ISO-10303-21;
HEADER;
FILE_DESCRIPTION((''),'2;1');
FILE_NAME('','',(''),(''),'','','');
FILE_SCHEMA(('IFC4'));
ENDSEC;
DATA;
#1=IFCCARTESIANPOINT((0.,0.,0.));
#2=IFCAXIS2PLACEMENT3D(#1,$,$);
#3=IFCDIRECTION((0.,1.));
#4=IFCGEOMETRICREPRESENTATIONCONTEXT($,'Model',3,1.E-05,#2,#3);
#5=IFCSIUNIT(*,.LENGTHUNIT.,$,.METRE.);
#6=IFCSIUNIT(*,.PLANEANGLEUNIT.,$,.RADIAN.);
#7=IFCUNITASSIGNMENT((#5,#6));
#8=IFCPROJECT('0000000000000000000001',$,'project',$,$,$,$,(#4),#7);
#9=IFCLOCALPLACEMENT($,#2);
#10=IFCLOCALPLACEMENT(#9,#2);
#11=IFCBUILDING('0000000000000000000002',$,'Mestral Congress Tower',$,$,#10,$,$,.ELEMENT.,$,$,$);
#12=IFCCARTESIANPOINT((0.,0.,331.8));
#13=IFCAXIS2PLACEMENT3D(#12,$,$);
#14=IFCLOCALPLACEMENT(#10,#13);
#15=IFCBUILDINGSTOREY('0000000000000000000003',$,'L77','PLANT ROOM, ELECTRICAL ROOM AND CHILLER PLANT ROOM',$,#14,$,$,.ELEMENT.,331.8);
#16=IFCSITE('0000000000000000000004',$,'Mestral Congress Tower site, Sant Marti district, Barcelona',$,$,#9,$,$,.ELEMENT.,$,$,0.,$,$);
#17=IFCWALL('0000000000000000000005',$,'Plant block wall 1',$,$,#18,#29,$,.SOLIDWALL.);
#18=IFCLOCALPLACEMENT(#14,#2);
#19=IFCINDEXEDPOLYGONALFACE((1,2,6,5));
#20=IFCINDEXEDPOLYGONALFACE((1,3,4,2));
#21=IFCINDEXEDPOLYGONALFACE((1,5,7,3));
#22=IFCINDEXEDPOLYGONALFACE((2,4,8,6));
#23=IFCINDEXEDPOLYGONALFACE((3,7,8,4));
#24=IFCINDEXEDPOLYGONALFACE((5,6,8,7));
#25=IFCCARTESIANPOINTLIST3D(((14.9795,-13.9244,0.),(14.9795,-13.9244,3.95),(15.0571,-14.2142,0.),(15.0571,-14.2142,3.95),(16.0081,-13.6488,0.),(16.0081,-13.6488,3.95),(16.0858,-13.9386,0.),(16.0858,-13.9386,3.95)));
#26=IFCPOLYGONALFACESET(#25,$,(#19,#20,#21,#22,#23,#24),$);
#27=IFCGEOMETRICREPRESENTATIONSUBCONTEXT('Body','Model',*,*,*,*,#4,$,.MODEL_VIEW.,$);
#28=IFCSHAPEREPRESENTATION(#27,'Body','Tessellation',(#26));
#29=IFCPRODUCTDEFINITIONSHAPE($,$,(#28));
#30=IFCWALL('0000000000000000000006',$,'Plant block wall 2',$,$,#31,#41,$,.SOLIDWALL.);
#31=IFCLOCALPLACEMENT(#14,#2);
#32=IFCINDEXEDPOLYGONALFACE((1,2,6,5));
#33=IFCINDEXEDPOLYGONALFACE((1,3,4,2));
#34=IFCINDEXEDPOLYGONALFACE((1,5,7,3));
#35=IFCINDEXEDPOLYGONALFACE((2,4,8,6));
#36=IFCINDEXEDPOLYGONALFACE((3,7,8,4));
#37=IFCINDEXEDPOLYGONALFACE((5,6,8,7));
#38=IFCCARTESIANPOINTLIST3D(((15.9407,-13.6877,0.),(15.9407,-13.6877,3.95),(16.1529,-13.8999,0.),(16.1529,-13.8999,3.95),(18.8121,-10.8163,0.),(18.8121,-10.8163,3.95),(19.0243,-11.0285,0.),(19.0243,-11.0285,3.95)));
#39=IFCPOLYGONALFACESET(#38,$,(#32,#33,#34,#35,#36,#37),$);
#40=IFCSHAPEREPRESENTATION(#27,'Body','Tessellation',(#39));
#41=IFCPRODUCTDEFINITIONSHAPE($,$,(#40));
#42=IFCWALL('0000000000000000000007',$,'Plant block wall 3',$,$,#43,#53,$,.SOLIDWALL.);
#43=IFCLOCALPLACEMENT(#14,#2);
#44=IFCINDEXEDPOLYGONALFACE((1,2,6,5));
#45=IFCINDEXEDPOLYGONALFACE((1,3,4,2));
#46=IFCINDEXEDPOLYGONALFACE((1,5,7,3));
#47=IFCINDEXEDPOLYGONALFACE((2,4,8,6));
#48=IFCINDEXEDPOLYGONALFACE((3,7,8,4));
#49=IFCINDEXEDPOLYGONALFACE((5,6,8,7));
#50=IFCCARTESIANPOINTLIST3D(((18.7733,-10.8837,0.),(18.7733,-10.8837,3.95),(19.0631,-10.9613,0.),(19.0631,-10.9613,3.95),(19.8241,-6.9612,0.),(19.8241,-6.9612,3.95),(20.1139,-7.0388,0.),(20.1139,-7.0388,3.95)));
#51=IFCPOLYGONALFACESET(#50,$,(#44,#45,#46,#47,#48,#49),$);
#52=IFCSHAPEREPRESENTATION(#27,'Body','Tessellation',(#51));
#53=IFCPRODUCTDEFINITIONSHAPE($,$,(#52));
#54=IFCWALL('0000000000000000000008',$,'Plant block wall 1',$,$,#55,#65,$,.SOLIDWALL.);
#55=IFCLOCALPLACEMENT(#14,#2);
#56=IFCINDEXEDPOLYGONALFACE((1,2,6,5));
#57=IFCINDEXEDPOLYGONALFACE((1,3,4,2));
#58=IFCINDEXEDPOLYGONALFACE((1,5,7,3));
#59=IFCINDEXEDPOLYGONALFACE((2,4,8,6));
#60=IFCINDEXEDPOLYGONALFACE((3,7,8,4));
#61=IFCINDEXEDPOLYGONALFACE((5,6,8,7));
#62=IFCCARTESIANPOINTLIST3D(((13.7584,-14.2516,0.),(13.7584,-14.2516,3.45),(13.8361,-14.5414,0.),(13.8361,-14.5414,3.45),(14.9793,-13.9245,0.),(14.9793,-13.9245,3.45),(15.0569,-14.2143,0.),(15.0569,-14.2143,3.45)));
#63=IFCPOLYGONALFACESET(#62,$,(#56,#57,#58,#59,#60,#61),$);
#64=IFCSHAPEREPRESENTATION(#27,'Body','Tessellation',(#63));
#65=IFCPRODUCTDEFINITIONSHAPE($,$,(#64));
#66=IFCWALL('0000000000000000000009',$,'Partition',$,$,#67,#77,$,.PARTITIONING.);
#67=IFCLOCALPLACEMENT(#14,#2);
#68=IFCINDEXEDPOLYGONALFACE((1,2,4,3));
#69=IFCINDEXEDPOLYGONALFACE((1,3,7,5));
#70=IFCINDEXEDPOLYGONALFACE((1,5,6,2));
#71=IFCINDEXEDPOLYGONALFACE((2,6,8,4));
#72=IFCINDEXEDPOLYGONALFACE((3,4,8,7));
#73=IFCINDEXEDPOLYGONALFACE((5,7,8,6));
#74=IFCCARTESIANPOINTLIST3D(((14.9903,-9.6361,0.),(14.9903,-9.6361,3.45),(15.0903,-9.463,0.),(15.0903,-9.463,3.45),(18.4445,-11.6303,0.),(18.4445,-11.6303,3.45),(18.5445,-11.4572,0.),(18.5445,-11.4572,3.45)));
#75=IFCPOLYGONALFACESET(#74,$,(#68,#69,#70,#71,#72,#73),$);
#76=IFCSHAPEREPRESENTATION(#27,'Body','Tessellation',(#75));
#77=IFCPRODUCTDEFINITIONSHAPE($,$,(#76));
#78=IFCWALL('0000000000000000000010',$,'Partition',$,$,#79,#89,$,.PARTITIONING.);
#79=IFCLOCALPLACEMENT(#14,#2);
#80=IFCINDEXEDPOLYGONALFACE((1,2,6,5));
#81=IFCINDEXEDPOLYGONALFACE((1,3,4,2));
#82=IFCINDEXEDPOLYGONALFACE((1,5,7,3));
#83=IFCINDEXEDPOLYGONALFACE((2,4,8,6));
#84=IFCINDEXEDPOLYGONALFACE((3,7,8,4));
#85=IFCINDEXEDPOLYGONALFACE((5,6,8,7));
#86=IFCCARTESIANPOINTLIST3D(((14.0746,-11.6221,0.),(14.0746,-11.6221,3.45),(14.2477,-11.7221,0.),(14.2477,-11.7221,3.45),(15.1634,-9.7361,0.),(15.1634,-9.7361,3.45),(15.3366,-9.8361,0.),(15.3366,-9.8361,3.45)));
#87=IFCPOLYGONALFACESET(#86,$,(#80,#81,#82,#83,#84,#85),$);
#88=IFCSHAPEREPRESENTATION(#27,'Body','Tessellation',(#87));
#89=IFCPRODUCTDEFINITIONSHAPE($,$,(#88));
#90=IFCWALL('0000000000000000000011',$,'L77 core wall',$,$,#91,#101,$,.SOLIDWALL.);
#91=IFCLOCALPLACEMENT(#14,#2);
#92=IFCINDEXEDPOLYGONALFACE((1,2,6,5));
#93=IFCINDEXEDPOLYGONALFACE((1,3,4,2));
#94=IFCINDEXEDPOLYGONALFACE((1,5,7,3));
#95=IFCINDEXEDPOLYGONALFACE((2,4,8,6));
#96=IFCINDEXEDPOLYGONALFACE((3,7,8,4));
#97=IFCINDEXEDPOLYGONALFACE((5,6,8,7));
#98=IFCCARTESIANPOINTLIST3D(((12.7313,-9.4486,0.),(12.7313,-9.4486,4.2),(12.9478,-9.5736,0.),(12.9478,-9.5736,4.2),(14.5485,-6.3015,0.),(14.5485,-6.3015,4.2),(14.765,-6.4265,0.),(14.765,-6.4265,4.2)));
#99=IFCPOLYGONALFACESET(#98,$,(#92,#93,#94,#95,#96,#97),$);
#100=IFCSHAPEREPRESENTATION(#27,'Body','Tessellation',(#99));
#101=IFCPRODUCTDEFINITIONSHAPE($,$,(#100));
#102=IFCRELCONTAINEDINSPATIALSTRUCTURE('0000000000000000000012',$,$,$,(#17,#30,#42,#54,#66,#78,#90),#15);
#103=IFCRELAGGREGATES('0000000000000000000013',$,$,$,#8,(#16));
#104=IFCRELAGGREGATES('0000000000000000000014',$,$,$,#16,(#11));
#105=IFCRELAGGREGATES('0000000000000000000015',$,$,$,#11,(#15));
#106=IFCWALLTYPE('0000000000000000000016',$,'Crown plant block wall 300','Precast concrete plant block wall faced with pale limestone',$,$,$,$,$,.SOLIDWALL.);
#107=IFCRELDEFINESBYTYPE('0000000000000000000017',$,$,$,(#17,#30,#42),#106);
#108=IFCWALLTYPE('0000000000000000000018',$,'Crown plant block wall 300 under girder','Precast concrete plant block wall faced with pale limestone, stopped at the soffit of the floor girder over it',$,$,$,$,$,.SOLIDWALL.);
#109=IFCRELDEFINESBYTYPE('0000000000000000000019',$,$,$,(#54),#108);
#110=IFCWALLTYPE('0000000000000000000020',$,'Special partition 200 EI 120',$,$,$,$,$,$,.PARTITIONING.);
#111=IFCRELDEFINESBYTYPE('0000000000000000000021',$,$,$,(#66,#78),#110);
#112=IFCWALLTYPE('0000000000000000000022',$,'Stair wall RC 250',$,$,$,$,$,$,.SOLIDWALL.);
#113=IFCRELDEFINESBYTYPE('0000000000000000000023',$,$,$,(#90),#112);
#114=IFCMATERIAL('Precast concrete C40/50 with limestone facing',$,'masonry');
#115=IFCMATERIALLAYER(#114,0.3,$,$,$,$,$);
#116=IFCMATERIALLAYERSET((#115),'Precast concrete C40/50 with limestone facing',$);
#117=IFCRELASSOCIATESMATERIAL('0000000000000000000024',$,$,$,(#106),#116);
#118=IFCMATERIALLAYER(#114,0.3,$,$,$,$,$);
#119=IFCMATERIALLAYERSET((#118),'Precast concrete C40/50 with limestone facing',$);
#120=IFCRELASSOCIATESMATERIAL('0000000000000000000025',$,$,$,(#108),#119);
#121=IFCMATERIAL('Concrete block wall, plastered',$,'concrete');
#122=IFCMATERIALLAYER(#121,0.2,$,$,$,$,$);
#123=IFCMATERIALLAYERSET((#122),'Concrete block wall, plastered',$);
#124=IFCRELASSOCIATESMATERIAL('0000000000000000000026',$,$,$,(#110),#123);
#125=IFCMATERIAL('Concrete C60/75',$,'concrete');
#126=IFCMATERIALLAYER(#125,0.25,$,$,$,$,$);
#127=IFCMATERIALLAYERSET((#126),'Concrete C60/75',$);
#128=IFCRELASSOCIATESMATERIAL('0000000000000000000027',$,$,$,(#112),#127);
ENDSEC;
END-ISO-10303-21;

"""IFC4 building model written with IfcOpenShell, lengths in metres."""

from ifc_helpers import new_model, si_unit, direction, frame, frame_2d, origin, place, context, subcontext, project, spatial, rectangle, extrude, material, layer, layer_set, type_object, element, save


model = new_model("IFC4")

# Units and contexts
model_context = context("Model", 3, precision=1e-05, world=origin(), true_north=direction((0.0, 1.0)))
body_context = subcontext(model_context, "Body", "Model", "MODEL_VIEW")
ifc_project = project(units=[si_unit("LENGTHUNIT", "METRE"), si_unit("PLANEANGLEUNIT", "RADIAN")], contexts=[model_context])

# Site, building, storey
site_placement = place(None, origin())
site = spatial("IfcSite", under=ifc_project, at=site_placement, Name="Mestral Congress Tower site, Sant Marti district, Barcelona", CompositionType="ELEMENT", RefElevation=0.0)
building_placement = place(site_placement, origin())
building = spatial("IfcBuilding", under=site, at=building_placement, Name="Mestral Congress Tower", CompositionType="ELEMENT")
storey_placement = place(building_placement, frame((0.0, 0.0, 331.8)))
storey = spatial("IfcBuildingStorey", under=building, at=storey_placement, Name="L77", Description="PLANT ROOM, ELECTRICAL ROOM AND CHILLER PLANT ROOM", CompositionType="ELEMENT", Elevation=331.8)

# Shared definitions
ifc_material_1 = material(Name="Concrete C60/75", Category="concrete")

# Walls
ifc_material_2 = material(Name="Precast concrete C40/50 with limestone facing", Category="masonry")
ifc_layer_1 = layer(ifc_material_2, 0.3)
ifc_layer_set_1 = layer_set([ifc_layer_1], Name="Precast concrete C40/50 with limestone facing")
wall_type_1 = type_object("IfcWallType", Name="Crown plant block wall 300", Description="Precast concrete plant block wall faced with pale limestone", PredefinedType="SOLIDWALL", material=ifc_layer_set_1)
wall_1_placement = place(storey_placement, frame((15.0183, -14.0693, 0.0), z_axis=(0.0, 0.0, 1.0), x_axis=(0.965918, 0.258847, 0.0)))
element("IfcWall", 1, at=wall_1_placement, inside=storey, type_object=wall_type_1, Name="Plant block wall 1", PredefinedType="SOLIDWALL", context=body_context, shape_type="SweptSolid", body=[
    extrude(rectangle(XDim=1.0649, YDim=0.3, at=frame_2d((0.5325, 0.0))), origin(), (0.0, 0.0, 1.0), 3.95),
])
for number, where, z_axis, x_axis, name in (
    (2, (16.0469, -13.7937, 0.0), (0.0, 0.0, 1.0), (0.707107, 0.707107, 0.0), "Plant block wall 2"),
    (3, (18.9182, -10.9224, 0.0), (0.0, 0.0, 1.0), (0.25877, 0.965939, 0.0), "Plant block wall 3"),
):
    element("IfcWall", number, at=place(storey_placement, frame(where, z_axis=z_axis, x_axis=x_axis)), inside=storey, type_object=wall_type_1, Name=name, PredefinedType="SOLIDWALL", context=body_context, shape_type="SweptSolid", body=[
        extrude(rectangle(XDim=4.0608, YDim=0.3, at=frame_2d((2.0303, 0.0))), origin(), (0.0, 0.0, 1.0), 3.95),
    ])
ifc_layer_2 = layer(ifc_material_2, 0.3)
ifc_layer_set_2 = layer_set([ifc_layer_2], Name="Precast concrete C40/50 with limestone facing")
wall_type_2 = type_object("IfcWallType", Name="Crown plant block wall 300 under girder", Description="Precast concrete plant block wall faced with pale limestone, stopped at the soffit of the floor girder over it", PredefinedType="SOLIDWALL", material=ifc_layer_set_2)
wall_2_placement = place(storey_placement, frame((13.7974, -14.3965, 0.0), z_axis=(0.0, 0.0, 1.0), x_axis=(0.965926, 0.258817, 0.0)))
element("IfcWall", 4, at=wall_2_placement, inside=storey, type_object=wall_type_2, Name="Plant block wall 1", PredefinedType="SOLIDWALL", context=body_context, shape_type="SweptSolid", body=[
    extrude(rectangle(XDim=1.2639, YDim=0.3, at=frame_2d((0.6318, 0.0))), origin(), (0.0, 0.0, 1.0), 3.45),
])
ifc_material_3 = material(Name="Concrete block wall, plastered", Category="concrete")
ifc_layer_3 = layer(ifc_material_3, 0.2)
ifc_layer_set_3 = layer_set([ifc_layer_3], Name="Concrete block wall, plastered")
wall_type_3 = type_object("IfcWallType", Name="Special partition 200 EI 120", PredefinedType="PARTITIONING", material=ifc_layer_set_3)
wall_3_placement = place(storey_placement, frame((18.4944, -11.5437, 0.0), z_axis=(0.0, 0.0, 1.0), x_axis=(-0.866035, 0.499984, 0.0)))
element("IfcWall", 5, at=wall_3_placement, inside=storey, type_object=wall_type_3, Name="Partition", PredefinedType="PARTITIONING", context=body_context, shape_type="SweptSolid", body=[
    extrude(rectangle(XDim=3.9885, YDim=0.2, at=frame_2d((1.9941, 0.0))), origin(), (0.0, 0.0, 1.0), 3.45),
])
wall_4_placement = place(storey_placement, frame((15.25, -9.7861, 0.0), z_axis=(0.0, 0.0, 1.0), x_axis=(-0.499997, -0.866027, 0.0)))
element("IfcWall", 6, at=wall_4_placement, inside=storey, type_object=wall_type_3, Name="Partition", PredefinedType="PARTITIONING", context=body_context, shape_type="SweptSolid", body=[
    extrude(rectangle(XDim=2.1777, YDim=0.2, at=frame_2d((1.0889, 0.0))), origin(), (0.0, 0.0, 1.0), 3.45),
])
ifc_layer_4 = layer(ifc_material_1, 0.25)
ifc_layer_set_4 = layer_set([ifc_layer_4], Name="Concrete C60/75")
wall_type_4 = type_object("IfcWallType", Name="Stair wall RC 250", PredefinedType="SOLIDWALL", material=ifc_layer_set_4)
wall_5_placement = place(storey_placement, frame((12.8396, -9.511, 0.0), z_axis=(0.0, 0.0, 1.0), x_axis=(0.500048, 0.865998, 0.0)))
element("IfcWall", 7, at=wall_5_placement, inside=storey, type_object=wall_type_4, Name="L77 core wall", PredefinedType="SOLIDWALL", context=body_context, shape_type="SweptSolid", body=[
    extrude(rectangle(XDim=3.634, YDim=0.25, at=frame_2d((1.8169, 0.0))), origin(), (0.0, 0.0, 1.0), 4.2),
])

save(model, "model.ifc")
